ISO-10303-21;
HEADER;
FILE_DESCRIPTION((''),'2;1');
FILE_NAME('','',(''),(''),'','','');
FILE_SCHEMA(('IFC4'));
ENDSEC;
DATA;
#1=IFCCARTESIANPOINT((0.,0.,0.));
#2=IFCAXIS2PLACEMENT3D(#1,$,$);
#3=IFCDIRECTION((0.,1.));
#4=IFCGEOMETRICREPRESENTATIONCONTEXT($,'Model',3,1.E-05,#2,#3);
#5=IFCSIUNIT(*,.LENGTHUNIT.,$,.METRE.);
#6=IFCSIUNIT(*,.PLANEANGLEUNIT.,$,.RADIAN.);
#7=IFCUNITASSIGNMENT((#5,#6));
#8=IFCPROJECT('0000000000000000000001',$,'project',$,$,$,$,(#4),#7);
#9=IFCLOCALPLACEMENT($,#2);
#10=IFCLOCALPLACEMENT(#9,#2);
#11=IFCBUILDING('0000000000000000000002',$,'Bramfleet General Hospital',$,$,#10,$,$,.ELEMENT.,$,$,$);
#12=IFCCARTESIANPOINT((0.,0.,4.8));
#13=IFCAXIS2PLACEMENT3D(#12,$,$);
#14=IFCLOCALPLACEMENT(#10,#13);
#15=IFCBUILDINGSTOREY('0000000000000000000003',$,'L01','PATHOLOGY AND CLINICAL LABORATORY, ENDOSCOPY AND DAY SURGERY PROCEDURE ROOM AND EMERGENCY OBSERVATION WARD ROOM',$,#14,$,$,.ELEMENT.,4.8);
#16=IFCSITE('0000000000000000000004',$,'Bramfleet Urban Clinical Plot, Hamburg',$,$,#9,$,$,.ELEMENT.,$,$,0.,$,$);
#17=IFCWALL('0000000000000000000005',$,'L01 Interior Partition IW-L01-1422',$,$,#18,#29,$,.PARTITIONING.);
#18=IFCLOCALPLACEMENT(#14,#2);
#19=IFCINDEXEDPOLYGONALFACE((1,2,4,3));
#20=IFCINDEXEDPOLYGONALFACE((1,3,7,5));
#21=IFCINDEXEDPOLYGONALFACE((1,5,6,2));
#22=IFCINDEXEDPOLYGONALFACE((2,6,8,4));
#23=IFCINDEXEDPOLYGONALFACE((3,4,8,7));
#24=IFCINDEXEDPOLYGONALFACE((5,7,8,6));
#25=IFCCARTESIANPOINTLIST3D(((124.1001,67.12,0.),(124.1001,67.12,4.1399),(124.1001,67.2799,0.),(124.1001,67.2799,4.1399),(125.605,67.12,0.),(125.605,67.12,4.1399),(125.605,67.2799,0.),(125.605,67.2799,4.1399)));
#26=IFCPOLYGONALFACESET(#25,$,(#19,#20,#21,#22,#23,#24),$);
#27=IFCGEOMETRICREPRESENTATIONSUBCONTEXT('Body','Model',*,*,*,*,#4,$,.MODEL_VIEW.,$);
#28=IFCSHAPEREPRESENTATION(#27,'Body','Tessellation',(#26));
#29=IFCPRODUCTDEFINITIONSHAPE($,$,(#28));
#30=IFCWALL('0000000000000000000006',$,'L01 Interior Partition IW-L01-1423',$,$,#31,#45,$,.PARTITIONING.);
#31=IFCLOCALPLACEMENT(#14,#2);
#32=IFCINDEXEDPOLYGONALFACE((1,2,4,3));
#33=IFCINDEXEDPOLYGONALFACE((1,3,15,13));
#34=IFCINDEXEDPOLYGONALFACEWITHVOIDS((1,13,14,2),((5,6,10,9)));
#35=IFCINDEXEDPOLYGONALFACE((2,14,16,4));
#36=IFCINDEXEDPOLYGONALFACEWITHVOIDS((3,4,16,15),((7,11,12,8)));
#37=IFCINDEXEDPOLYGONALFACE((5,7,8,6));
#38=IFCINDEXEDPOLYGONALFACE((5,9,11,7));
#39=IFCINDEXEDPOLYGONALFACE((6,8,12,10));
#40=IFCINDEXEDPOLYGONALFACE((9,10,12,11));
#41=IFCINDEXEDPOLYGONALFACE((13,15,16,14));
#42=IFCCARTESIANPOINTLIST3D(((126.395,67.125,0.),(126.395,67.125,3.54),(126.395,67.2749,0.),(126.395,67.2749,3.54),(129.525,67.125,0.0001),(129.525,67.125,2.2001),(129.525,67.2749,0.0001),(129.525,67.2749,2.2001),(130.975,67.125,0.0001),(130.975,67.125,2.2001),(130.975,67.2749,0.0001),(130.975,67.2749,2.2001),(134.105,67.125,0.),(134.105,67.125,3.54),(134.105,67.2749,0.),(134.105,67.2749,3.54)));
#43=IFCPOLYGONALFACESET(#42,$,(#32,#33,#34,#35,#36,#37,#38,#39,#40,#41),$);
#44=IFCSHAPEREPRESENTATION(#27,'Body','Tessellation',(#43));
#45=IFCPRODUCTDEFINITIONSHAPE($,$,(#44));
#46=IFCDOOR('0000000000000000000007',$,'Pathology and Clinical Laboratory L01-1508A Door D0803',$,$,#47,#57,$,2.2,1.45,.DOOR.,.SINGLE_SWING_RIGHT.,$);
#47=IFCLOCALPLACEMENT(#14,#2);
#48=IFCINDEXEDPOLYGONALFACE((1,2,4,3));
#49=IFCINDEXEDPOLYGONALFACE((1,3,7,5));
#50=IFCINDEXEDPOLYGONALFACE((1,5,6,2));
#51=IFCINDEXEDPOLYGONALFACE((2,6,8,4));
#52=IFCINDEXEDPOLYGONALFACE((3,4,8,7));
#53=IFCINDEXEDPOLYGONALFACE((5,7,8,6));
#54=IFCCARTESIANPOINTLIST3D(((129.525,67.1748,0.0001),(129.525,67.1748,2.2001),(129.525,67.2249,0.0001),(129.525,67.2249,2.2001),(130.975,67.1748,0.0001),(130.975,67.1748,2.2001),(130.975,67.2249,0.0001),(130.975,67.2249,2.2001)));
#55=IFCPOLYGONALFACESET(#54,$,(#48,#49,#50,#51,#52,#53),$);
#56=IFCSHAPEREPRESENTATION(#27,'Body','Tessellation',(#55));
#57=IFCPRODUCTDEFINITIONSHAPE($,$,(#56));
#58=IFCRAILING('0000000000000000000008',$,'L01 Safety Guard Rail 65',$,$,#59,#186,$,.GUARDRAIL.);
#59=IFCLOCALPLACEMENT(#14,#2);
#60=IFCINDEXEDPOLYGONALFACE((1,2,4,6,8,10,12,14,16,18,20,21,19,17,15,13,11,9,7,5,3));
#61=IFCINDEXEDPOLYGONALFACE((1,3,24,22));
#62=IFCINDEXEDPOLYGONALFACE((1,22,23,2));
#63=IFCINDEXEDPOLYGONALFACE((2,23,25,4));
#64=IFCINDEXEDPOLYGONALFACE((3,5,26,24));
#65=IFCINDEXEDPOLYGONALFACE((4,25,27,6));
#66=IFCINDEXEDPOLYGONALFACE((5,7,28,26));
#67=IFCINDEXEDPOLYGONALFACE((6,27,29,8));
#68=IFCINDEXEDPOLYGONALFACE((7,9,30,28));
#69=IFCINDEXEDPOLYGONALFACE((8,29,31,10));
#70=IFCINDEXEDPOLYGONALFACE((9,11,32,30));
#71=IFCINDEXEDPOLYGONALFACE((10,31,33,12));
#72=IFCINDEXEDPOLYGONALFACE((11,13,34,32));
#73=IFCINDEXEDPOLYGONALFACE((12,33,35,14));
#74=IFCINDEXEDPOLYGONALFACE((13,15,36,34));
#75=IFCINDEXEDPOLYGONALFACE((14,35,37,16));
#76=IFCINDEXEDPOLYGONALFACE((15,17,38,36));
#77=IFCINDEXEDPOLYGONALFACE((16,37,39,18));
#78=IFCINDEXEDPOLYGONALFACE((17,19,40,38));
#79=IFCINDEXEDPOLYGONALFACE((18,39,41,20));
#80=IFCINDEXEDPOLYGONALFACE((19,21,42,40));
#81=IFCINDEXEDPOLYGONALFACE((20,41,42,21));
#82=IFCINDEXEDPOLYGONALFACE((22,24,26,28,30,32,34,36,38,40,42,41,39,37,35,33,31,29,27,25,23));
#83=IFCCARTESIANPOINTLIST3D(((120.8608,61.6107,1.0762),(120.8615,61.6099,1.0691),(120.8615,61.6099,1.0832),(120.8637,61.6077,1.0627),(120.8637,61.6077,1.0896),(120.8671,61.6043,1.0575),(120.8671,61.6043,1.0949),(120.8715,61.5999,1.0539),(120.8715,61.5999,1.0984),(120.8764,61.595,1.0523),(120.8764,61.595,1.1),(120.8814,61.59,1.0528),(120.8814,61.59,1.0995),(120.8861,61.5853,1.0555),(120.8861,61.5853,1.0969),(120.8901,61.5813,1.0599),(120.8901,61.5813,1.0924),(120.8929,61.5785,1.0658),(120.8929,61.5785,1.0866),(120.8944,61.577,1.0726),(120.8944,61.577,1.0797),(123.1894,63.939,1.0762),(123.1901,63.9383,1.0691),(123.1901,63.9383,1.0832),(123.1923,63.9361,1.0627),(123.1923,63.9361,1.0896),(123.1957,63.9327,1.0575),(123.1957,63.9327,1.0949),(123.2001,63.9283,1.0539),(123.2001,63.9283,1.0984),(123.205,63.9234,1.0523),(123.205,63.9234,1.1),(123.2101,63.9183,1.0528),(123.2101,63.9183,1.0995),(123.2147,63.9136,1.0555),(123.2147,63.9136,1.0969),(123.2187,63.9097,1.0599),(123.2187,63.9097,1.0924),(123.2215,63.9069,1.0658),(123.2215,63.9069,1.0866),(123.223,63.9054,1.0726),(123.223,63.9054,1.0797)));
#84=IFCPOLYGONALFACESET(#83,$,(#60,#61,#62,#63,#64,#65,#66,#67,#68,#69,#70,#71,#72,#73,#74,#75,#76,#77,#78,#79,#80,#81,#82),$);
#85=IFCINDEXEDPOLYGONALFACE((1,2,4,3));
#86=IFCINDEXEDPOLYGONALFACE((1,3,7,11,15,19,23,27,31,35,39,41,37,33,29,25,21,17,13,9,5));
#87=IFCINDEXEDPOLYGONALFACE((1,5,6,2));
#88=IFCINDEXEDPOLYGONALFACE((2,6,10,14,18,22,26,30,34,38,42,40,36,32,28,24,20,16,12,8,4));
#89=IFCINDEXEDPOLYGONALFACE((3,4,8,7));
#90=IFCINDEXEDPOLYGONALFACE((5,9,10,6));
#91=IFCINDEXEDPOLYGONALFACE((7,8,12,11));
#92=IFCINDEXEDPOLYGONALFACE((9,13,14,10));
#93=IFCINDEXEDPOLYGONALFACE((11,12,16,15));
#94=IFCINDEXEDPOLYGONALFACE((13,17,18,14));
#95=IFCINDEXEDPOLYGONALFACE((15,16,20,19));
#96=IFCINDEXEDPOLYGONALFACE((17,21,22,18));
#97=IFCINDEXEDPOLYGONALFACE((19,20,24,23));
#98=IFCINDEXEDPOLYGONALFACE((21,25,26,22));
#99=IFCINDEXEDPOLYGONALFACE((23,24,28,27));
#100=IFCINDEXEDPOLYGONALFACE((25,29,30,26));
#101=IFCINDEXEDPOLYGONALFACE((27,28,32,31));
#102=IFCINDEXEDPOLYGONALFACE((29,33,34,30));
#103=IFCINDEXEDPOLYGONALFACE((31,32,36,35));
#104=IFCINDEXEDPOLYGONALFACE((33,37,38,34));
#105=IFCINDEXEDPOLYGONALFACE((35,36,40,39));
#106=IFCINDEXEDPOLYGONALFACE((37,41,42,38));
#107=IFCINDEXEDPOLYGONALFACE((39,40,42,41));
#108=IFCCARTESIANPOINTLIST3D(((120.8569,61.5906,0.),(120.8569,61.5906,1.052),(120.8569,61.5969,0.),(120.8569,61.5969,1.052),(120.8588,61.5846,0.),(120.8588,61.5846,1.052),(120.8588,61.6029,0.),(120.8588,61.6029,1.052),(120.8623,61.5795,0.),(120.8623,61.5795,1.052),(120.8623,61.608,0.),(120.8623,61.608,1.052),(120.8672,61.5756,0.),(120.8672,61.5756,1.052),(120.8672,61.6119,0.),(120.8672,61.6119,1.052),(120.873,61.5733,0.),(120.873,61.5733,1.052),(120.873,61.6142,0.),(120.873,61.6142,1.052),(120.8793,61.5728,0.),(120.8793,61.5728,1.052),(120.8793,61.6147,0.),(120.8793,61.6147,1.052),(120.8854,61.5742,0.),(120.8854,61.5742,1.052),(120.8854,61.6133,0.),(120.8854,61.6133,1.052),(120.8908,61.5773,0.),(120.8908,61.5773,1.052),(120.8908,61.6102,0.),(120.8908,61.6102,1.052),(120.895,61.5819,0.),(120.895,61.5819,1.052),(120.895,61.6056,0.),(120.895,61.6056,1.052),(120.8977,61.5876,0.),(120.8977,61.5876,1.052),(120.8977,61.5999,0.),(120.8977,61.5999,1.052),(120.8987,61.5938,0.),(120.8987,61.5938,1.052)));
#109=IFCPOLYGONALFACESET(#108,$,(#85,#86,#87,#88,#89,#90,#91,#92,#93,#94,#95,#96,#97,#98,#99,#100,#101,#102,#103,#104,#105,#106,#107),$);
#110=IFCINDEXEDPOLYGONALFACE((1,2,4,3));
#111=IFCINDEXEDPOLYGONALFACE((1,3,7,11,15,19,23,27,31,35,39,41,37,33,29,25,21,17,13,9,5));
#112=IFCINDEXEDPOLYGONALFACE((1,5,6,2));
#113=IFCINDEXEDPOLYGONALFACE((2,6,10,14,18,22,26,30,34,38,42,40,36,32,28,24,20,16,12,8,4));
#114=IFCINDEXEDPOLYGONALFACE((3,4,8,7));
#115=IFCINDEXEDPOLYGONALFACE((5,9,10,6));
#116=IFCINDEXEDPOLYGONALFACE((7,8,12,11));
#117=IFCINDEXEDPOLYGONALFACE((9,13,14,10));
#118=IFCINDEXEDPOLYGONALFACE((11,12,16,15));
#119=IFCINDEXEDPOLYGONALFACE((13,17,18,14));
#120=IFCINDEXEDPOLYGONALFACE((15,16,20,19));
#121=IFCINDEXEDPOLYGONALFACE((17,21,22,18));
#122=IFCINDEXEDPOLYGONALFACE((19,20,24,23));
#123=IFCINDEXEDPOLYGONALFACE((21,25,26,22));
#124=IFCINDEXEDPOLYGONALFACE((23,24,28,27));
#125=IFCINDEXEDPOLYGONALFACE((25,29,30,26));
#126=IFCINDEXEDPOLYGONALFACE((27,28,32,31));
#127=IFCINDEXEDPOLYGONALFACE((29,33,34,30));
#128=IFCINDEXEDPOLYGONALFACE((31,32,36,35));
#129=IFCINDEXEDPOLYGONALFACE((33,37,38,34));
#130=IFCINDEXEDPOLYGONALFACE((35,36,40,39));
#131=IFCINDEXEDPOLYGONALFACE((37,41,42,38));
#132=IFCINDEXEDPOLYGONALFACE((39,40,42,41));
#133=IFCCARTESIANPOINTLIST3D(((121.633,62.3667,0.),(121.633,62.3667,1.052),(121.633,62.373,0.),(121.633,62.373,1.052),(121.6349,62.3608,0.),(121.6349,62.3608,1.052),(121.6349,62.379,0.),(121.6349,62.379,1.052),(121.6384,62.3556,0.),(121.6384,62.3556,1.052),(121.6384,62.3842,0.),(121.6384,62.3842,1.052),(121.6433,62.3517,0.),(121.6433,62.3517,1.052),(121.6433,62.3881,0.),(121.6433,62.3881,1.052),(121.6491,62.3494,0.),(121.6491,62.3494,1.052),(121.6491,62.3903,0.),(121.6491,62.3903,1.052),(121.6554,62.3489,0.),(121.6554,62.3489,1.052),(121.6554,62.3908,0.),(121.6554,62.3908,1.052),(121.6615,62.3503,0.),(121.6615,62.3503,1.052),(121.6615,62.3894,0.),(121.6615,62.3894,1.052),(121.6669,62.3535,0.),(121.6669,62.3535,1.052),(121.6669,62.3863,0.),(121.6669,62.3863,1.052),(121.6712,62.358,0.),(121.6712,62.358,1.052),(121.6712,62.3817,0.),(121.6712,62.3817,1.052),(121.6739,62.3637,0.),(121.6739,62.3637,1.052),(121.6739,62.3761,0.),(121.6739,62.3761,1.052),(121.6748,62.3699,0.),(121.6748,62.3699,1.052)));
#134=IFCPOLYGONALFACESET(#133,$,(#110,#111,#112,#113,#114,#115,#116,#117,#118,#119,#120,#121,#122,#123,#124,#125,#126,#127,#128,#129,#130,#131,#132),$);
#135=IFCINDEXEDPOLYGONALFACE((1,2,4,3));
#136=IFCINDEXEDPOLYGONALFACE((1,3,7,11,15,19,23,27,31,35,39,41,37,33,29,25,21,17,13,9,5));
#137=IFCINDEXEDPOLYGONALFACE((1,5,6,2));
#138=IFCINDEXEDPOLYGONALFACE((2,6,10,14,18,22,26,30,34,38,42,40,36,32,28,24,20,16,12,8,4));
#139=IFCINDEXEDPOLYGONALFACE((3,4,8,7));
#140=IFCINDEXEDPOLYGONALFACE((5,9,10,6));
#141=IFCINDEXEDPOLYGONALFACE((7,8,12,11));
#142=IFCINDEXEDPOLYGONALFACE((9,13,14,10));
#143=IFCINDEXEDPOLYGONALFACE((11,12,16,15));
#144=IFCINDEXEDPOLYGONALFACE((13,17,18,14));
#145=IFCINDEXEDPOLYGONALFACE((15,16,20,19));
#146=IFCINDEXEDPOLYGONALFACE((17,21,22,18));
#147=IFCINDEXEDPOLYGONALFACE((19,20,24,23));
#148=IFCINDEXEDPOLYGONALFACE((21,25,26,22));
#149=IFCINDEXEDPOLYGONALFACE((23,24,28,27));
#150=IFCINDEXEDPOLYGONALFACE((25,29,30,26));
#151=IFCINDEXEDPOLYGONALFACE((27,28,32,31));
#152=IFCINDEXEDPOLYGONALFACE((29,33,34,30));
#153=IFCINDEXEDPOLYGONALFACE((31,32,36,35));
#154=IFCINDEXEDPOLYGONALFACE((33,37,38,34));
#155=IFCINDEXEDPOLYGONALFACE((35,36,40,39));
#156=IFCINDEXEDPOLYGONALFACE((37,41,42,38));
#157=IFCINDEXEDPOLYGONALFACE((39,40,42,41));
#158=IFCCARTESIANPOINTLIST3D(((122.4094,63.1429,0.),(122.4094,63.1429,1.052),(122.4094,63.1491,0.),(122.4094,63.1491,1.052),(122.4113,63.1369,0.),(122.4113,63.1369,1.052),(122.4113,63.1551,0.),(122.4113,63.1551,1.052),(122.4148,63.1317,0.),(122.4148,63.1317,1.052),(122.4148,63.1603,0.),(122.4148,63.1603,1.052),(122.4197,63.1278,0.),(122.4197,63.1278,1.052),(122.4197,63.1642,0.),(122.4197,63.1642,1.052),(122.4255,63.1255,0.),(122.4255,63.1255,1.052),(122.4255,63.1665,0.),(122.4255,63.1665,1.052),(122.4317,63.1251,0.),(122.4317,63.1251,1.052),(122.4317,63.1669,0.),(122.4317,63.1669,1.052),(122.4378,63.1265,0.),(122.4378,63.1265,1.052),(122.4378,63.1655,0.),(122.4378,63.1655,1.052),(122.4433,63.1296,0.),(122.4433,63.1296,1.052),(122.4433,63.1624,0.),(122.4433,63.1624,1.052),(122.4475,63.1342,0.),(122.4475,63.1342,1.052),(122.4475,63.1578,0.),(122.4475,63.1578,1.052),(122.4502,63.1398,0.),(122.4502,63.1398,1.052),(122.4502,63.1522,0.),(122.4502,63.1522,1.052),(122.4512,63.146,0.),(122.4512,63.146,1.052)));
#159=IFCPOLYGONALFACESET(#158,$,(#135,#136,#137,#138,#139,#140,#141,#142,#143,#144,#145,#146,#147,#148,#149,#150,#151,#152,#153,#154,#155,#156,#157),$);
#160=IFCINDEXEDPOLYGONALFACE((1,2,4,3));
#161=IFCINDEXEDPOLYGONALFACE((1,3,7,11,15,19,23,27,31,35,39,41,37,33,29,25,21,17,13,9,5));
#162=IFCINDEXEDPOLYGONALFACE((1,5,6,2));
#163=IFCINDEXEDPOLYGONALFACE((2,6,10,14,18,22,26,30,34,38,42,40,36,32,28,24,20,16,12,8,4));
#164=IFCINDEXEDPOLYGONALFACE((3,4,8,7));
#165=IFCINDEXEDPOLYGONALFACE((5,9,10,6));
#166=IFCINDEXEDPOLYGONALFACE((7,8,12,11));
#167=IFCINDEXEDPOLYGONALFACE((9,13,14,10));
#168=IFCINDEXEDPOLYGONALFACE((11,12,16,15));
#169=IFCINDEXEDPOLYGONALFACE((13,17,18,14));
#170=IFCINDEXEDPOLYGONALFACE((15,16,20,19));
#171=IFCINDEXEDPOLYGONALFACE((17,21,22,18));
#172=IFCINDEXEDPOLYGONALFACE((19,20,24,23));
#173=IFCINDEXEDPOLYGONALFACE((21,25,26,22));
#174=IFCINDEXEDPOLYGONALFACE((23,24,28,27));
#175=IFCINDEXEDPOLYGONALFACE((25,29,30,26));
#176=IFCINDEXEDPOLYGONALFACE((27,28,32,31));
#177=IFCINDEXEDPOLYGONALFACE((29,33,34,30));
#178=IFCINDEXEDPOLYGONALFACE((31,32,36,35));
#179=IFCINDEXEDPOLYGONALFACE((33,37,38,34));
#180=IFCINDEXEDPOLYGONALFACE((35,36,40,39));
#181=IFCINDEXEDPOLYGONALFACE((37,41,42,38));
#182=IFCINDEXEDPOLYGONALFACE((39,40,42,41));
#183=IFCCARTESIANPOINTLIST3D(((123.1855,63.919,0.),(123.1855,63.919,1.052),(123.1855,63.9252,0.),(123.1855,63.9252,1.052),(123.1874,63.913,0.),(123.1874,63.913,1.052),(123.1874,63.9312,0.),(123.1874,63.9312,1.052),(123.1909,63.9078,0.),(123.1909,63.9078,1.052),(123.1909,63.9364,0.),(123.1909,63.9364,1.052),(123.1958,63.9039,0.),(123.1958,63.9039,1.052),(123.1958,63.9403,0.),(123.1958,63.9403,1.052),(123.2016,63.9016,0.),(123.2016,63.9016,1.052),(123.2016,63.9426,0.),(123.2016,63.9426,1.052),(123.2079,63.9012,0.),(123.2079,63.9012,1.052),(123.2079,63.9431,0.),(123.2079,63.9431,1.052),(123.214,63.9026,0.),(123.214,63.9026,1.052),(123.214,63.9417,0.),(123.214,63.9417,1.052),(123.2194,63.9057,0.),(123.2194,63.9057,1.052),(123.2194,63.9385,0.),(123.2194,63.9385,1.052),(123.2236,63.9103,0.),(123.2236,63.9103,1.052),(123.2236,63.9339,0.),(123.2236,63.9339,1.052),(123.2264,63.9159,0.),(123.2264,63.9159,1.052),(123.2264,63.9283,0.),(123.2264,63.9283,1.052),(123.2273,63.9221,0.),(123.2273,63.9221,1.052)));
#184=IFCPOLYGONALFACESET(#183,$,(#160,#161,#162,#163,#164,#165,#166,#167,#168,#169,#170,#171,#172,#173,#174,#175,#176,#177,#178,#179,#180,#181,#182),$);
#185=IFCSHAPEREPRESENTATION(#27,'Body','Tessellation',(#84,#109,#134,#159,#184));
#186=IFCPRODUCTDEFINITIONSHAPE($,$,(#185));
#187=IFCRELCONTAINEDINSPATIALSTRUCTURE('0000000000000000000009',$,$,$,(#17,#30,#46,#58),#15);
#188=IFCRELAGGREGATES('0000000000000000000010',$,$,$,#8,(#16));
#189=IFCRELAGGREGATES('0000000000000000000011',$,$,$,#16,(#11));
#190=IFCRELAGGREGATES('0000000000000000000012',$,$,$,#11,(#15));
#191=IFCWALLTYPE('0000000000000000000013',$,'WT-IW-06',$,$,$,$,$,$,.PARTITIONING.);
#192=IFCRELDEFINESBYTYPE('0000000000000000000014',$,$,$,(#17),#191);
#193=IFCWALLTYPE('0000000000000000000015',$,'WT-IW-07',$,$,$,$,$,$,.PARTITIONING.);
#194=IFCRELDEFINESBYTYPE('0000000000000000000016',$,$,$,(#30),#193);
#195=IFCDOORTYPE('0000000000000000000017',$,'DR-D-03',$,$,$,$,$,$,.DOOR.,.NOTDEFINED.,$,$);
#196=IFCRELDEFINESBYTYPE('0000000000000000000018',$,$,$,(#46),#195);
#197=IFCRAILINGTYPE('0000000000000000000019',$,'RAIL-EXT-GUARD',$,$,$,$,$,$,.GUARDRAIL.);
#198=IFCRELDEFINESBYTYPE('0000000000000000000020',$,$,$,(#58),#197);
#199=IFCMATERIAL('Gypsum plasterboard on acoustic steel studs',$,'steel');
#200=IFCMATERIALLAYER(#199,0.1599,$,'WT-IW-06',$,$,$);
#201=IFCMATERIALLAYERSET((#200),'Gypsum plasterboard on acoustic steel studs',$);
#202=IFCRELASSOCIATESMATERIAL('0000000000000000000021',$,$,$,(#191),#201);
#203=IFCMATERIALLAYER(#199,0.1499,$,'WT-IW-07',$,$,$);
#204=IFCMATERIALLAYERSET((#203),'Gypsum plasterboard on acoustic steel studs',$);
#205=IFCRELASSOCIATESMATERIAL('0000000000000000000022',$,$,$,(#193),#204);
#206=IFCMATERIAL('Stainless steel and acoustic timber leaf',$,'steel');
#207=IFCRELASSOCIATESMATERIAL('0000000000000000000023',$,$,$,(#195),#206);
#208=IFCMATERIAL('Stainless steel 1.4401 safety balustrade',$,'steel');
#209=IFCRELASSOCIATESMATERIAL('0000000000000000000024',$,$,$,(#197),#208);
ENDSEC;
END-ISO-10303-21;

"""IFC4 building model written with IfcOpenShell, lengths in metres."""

from ifc_helpers import new_model, si_unit, direction, frame, frame_2d, origin, origin_2d, place, context, subcontext, project, spatial, rectangle, circle, extrude, material, layer, layer_set, type_object, element, fill, save


model = new_model("IFC4")

# Units and contexts
model_context = context("Model", 3, precision=1e-05, world=origin(), true_north=direction((0.0, 1.0)))
body_context = subcontext(model_context, "Body", "Model", "MODEL_VIEW")
ifc_project = project(units=[si_unit("LENGTHUNIT", "METRE"), si_unit("PLANEANGLEUNIT", "RADIAN")], contexts=[model_context])

# Site, building, storey
site_placement = place(None, origin())
site = spatial("IfcSite", under=ifc_project, at=site_placement, Name="Bramfleet Urban Clinical Plot, Hamburg", CompositionType="ELEMENT", RefElevation=0.0)
building_placement = place(site_placement, origin())
building = spatial("IfcBuilding", under=site, at=building_placement, Name="Bramfleet General Hospital", CompositionType="ELEMENT")
storey_placement = place(building_placement, frame((0.0, 0.0, 4.8)))
storey = spatial("IfcBuildingStorey", under=building, at=storey_placement, Name="L01", Description="PATHOLOGY AND CLINICAL LABORATORY, ENDOSCOPY AND DAY SURGERY PROCEDURE ROOM AND EMERGENCY OBSERVATION WARD ROOM", CompositionType="ELEMENT", Elevation=4.8)

# Wall
ifc_material_1 = material(Name="Gypsum plasterboard on acoustic steel studs", Category="steel")
ifc_layer_1 = layer(ifc_material_1, 0.1599, Name="WT-IW-06")
ifc_layer_set_1 = layer_set([ifc_layer_1], Name="Gypsum plasterboard on acoustic steel studs")
wall_type_1 = type_object("IfcWallType", Name="WT-IW-06", PredefinedType="PARTITIONING", material=ifc_layer_set_1)
wall_1_placement = place(storey_placement, frame((124.1001, 67.2, 0.0), z_axis=(0.0, 0.0, 1.0), x_axis=(1.0, 0.0, 0.0)))
element("IfcWall", 1, at=wall_1_placement, inside=storey, type_object=wall_type_1, Name="L01 Interior Partition IW-L01-1422", PredefinedType="PARTITIONING", context=body_context, shape_type="SweptSolid", body=[
    extrude(rectangle(XDim=1.5049, YDim=0.1599, at=frame_2d((0.7524, 0.0))), origin(), (0.0, 0.0, 1.0), 4.1399),
])

# Wall, opening, door
ifc_layer_2 = layer(ifc_material_1, 0.1499, Name="WT-IW-07")
ifc_layer_set_2 = layer_set([ifc_layer_2], Name="Gypsum plasterboard on acoustic steel studs")
wall_type_2 = type_object("IfcWallType", Name="WT-IW-07", PredefinedType="PARTITIONING", material=ifc_layer_set_2)
wall_2_placement = place(storey_placement, frame((126.395, 67.2, 0.0), z_axis=(0.0, 0.0, 1.0), x_axis=(1.0, 0.0, 0.0)))
wall_2 = element("IfcWall", 2, at=wall_2_placement, inside=storey, type_object=wall_type_2, Name="L01 Interior Partition IW-L01-1423", PredefinedType="PARTITIONING", context=body_context, shape_type="SweptSolid", body=[
    extrude(rectangle(XDim=7.71, YDim=0.1499, at=frame_2d((3.855, 0.0))), origin(), (0.0, 0.0, 1.0), 3.54),
])
opening_placement = place(wall_2_placement, frame((3.1299, 0.0, 0.0)))
opening = element("IfcOpeningElement", 3, at=opening_placement, cuts=wall_2, PredefinedType="OPENING", context=body_context, shape_type="SweptSolid", body=[
    extrude(rectangle(XDim=1.45, YDim=2.2, at=frame_2d((0.7251, 1.1001))), frame((0.0, 0.085, 0.0), z_axis=(0.0, -1.0, 0.0), x_axis=(1.0, 0.0, 0.0)), (0.0, 0.0, 1.0), 0.1699),
])
ifc_material_2 = material(Name="Stainless steel and acoustic timber leaf", Category="steel")
door_type = type_object("IfcDoorType", Name="DR-D-03", OperationType="NOTDEFINED", PredefinedType="DOOR", material=ifc_material_2)
door_placement = place(opening_placement, origin())
door = element("IfcDoor", 4, at=door_placement, inside=storey, type_object=door_type, Name="Pathology and Clinical Laboratory L01-1508A Door D0803", OperationType="SINGLE_SWING_RIGHT", OverallHeight=2.2, OverallWidth=1.45, PredefinedType="DOOR", context=body_context, shape_type="SweptSolid", body=[
    extrude(rectangle(XDim=1.45, YDim=2.2, at=frame_2d((0.7251, 1.1001))), frame((0.0, 0.0249, 0.0), z_axis=(0.0, -1.0, 0.0), x_axis=(1.0, 0.0, 0.0)), (0.0, 0.0, 1.0), 0.05),
])
fill(opening, door)

# Railing
ifc_material_3 = material(Name="Stainless steel 1.4401 safety balustrade", Category="steel")
railing_type = type_object("IfcRailingType", Name="RAIL-EXT-GUARD", PredefinedType="GUARDRAIL", material=ifc_material_3)
railing_1_placement = place(storey_placement, frame((120.8777, 61.5938, 0.0)))
element("IfcRailing", 5, at=railing_1_placement, inside=storey, type_object=railing_type, Name="L01 Safety Guard Rail 65", PredefinedType="GUARDRAIL", context=body_context, shape_type="SweptSolid", body=[
    extrude(circle(Radius=0.0239, at=origin_2d()), frame((0.0, 0.0, 1.0762), z_axis=(0.707144, 0.70707, 0.0), x_axis=(-0.70707, 0.707144, 0.0)), (0.0, 0.0, 1.0), 3.293),
    extrude(circle(Radius=0.021, at=origin_2d()), origin(), (0.0, 0.0, 1.0), 1.052),
    extrude(circle(Radius=0.021, at=origin_2d()), frame((0.7761, 0.7761, 0.0)), (0.0, 0.0, 1.0), 1.052),
    extrude(circle(Radius=0.021, at=origin_2d()), frame((1.5525, 1.5522, 0.0)), (0.0, 0.0, 1.0), 1.052),
    extrude(circle(Radius=0.021, at=origin_2d()), frame((2.3286, 2.3284, 0.0)), (0.0, 0.0, 1.0), 1.052),
])

save(model, "model.ifc")
